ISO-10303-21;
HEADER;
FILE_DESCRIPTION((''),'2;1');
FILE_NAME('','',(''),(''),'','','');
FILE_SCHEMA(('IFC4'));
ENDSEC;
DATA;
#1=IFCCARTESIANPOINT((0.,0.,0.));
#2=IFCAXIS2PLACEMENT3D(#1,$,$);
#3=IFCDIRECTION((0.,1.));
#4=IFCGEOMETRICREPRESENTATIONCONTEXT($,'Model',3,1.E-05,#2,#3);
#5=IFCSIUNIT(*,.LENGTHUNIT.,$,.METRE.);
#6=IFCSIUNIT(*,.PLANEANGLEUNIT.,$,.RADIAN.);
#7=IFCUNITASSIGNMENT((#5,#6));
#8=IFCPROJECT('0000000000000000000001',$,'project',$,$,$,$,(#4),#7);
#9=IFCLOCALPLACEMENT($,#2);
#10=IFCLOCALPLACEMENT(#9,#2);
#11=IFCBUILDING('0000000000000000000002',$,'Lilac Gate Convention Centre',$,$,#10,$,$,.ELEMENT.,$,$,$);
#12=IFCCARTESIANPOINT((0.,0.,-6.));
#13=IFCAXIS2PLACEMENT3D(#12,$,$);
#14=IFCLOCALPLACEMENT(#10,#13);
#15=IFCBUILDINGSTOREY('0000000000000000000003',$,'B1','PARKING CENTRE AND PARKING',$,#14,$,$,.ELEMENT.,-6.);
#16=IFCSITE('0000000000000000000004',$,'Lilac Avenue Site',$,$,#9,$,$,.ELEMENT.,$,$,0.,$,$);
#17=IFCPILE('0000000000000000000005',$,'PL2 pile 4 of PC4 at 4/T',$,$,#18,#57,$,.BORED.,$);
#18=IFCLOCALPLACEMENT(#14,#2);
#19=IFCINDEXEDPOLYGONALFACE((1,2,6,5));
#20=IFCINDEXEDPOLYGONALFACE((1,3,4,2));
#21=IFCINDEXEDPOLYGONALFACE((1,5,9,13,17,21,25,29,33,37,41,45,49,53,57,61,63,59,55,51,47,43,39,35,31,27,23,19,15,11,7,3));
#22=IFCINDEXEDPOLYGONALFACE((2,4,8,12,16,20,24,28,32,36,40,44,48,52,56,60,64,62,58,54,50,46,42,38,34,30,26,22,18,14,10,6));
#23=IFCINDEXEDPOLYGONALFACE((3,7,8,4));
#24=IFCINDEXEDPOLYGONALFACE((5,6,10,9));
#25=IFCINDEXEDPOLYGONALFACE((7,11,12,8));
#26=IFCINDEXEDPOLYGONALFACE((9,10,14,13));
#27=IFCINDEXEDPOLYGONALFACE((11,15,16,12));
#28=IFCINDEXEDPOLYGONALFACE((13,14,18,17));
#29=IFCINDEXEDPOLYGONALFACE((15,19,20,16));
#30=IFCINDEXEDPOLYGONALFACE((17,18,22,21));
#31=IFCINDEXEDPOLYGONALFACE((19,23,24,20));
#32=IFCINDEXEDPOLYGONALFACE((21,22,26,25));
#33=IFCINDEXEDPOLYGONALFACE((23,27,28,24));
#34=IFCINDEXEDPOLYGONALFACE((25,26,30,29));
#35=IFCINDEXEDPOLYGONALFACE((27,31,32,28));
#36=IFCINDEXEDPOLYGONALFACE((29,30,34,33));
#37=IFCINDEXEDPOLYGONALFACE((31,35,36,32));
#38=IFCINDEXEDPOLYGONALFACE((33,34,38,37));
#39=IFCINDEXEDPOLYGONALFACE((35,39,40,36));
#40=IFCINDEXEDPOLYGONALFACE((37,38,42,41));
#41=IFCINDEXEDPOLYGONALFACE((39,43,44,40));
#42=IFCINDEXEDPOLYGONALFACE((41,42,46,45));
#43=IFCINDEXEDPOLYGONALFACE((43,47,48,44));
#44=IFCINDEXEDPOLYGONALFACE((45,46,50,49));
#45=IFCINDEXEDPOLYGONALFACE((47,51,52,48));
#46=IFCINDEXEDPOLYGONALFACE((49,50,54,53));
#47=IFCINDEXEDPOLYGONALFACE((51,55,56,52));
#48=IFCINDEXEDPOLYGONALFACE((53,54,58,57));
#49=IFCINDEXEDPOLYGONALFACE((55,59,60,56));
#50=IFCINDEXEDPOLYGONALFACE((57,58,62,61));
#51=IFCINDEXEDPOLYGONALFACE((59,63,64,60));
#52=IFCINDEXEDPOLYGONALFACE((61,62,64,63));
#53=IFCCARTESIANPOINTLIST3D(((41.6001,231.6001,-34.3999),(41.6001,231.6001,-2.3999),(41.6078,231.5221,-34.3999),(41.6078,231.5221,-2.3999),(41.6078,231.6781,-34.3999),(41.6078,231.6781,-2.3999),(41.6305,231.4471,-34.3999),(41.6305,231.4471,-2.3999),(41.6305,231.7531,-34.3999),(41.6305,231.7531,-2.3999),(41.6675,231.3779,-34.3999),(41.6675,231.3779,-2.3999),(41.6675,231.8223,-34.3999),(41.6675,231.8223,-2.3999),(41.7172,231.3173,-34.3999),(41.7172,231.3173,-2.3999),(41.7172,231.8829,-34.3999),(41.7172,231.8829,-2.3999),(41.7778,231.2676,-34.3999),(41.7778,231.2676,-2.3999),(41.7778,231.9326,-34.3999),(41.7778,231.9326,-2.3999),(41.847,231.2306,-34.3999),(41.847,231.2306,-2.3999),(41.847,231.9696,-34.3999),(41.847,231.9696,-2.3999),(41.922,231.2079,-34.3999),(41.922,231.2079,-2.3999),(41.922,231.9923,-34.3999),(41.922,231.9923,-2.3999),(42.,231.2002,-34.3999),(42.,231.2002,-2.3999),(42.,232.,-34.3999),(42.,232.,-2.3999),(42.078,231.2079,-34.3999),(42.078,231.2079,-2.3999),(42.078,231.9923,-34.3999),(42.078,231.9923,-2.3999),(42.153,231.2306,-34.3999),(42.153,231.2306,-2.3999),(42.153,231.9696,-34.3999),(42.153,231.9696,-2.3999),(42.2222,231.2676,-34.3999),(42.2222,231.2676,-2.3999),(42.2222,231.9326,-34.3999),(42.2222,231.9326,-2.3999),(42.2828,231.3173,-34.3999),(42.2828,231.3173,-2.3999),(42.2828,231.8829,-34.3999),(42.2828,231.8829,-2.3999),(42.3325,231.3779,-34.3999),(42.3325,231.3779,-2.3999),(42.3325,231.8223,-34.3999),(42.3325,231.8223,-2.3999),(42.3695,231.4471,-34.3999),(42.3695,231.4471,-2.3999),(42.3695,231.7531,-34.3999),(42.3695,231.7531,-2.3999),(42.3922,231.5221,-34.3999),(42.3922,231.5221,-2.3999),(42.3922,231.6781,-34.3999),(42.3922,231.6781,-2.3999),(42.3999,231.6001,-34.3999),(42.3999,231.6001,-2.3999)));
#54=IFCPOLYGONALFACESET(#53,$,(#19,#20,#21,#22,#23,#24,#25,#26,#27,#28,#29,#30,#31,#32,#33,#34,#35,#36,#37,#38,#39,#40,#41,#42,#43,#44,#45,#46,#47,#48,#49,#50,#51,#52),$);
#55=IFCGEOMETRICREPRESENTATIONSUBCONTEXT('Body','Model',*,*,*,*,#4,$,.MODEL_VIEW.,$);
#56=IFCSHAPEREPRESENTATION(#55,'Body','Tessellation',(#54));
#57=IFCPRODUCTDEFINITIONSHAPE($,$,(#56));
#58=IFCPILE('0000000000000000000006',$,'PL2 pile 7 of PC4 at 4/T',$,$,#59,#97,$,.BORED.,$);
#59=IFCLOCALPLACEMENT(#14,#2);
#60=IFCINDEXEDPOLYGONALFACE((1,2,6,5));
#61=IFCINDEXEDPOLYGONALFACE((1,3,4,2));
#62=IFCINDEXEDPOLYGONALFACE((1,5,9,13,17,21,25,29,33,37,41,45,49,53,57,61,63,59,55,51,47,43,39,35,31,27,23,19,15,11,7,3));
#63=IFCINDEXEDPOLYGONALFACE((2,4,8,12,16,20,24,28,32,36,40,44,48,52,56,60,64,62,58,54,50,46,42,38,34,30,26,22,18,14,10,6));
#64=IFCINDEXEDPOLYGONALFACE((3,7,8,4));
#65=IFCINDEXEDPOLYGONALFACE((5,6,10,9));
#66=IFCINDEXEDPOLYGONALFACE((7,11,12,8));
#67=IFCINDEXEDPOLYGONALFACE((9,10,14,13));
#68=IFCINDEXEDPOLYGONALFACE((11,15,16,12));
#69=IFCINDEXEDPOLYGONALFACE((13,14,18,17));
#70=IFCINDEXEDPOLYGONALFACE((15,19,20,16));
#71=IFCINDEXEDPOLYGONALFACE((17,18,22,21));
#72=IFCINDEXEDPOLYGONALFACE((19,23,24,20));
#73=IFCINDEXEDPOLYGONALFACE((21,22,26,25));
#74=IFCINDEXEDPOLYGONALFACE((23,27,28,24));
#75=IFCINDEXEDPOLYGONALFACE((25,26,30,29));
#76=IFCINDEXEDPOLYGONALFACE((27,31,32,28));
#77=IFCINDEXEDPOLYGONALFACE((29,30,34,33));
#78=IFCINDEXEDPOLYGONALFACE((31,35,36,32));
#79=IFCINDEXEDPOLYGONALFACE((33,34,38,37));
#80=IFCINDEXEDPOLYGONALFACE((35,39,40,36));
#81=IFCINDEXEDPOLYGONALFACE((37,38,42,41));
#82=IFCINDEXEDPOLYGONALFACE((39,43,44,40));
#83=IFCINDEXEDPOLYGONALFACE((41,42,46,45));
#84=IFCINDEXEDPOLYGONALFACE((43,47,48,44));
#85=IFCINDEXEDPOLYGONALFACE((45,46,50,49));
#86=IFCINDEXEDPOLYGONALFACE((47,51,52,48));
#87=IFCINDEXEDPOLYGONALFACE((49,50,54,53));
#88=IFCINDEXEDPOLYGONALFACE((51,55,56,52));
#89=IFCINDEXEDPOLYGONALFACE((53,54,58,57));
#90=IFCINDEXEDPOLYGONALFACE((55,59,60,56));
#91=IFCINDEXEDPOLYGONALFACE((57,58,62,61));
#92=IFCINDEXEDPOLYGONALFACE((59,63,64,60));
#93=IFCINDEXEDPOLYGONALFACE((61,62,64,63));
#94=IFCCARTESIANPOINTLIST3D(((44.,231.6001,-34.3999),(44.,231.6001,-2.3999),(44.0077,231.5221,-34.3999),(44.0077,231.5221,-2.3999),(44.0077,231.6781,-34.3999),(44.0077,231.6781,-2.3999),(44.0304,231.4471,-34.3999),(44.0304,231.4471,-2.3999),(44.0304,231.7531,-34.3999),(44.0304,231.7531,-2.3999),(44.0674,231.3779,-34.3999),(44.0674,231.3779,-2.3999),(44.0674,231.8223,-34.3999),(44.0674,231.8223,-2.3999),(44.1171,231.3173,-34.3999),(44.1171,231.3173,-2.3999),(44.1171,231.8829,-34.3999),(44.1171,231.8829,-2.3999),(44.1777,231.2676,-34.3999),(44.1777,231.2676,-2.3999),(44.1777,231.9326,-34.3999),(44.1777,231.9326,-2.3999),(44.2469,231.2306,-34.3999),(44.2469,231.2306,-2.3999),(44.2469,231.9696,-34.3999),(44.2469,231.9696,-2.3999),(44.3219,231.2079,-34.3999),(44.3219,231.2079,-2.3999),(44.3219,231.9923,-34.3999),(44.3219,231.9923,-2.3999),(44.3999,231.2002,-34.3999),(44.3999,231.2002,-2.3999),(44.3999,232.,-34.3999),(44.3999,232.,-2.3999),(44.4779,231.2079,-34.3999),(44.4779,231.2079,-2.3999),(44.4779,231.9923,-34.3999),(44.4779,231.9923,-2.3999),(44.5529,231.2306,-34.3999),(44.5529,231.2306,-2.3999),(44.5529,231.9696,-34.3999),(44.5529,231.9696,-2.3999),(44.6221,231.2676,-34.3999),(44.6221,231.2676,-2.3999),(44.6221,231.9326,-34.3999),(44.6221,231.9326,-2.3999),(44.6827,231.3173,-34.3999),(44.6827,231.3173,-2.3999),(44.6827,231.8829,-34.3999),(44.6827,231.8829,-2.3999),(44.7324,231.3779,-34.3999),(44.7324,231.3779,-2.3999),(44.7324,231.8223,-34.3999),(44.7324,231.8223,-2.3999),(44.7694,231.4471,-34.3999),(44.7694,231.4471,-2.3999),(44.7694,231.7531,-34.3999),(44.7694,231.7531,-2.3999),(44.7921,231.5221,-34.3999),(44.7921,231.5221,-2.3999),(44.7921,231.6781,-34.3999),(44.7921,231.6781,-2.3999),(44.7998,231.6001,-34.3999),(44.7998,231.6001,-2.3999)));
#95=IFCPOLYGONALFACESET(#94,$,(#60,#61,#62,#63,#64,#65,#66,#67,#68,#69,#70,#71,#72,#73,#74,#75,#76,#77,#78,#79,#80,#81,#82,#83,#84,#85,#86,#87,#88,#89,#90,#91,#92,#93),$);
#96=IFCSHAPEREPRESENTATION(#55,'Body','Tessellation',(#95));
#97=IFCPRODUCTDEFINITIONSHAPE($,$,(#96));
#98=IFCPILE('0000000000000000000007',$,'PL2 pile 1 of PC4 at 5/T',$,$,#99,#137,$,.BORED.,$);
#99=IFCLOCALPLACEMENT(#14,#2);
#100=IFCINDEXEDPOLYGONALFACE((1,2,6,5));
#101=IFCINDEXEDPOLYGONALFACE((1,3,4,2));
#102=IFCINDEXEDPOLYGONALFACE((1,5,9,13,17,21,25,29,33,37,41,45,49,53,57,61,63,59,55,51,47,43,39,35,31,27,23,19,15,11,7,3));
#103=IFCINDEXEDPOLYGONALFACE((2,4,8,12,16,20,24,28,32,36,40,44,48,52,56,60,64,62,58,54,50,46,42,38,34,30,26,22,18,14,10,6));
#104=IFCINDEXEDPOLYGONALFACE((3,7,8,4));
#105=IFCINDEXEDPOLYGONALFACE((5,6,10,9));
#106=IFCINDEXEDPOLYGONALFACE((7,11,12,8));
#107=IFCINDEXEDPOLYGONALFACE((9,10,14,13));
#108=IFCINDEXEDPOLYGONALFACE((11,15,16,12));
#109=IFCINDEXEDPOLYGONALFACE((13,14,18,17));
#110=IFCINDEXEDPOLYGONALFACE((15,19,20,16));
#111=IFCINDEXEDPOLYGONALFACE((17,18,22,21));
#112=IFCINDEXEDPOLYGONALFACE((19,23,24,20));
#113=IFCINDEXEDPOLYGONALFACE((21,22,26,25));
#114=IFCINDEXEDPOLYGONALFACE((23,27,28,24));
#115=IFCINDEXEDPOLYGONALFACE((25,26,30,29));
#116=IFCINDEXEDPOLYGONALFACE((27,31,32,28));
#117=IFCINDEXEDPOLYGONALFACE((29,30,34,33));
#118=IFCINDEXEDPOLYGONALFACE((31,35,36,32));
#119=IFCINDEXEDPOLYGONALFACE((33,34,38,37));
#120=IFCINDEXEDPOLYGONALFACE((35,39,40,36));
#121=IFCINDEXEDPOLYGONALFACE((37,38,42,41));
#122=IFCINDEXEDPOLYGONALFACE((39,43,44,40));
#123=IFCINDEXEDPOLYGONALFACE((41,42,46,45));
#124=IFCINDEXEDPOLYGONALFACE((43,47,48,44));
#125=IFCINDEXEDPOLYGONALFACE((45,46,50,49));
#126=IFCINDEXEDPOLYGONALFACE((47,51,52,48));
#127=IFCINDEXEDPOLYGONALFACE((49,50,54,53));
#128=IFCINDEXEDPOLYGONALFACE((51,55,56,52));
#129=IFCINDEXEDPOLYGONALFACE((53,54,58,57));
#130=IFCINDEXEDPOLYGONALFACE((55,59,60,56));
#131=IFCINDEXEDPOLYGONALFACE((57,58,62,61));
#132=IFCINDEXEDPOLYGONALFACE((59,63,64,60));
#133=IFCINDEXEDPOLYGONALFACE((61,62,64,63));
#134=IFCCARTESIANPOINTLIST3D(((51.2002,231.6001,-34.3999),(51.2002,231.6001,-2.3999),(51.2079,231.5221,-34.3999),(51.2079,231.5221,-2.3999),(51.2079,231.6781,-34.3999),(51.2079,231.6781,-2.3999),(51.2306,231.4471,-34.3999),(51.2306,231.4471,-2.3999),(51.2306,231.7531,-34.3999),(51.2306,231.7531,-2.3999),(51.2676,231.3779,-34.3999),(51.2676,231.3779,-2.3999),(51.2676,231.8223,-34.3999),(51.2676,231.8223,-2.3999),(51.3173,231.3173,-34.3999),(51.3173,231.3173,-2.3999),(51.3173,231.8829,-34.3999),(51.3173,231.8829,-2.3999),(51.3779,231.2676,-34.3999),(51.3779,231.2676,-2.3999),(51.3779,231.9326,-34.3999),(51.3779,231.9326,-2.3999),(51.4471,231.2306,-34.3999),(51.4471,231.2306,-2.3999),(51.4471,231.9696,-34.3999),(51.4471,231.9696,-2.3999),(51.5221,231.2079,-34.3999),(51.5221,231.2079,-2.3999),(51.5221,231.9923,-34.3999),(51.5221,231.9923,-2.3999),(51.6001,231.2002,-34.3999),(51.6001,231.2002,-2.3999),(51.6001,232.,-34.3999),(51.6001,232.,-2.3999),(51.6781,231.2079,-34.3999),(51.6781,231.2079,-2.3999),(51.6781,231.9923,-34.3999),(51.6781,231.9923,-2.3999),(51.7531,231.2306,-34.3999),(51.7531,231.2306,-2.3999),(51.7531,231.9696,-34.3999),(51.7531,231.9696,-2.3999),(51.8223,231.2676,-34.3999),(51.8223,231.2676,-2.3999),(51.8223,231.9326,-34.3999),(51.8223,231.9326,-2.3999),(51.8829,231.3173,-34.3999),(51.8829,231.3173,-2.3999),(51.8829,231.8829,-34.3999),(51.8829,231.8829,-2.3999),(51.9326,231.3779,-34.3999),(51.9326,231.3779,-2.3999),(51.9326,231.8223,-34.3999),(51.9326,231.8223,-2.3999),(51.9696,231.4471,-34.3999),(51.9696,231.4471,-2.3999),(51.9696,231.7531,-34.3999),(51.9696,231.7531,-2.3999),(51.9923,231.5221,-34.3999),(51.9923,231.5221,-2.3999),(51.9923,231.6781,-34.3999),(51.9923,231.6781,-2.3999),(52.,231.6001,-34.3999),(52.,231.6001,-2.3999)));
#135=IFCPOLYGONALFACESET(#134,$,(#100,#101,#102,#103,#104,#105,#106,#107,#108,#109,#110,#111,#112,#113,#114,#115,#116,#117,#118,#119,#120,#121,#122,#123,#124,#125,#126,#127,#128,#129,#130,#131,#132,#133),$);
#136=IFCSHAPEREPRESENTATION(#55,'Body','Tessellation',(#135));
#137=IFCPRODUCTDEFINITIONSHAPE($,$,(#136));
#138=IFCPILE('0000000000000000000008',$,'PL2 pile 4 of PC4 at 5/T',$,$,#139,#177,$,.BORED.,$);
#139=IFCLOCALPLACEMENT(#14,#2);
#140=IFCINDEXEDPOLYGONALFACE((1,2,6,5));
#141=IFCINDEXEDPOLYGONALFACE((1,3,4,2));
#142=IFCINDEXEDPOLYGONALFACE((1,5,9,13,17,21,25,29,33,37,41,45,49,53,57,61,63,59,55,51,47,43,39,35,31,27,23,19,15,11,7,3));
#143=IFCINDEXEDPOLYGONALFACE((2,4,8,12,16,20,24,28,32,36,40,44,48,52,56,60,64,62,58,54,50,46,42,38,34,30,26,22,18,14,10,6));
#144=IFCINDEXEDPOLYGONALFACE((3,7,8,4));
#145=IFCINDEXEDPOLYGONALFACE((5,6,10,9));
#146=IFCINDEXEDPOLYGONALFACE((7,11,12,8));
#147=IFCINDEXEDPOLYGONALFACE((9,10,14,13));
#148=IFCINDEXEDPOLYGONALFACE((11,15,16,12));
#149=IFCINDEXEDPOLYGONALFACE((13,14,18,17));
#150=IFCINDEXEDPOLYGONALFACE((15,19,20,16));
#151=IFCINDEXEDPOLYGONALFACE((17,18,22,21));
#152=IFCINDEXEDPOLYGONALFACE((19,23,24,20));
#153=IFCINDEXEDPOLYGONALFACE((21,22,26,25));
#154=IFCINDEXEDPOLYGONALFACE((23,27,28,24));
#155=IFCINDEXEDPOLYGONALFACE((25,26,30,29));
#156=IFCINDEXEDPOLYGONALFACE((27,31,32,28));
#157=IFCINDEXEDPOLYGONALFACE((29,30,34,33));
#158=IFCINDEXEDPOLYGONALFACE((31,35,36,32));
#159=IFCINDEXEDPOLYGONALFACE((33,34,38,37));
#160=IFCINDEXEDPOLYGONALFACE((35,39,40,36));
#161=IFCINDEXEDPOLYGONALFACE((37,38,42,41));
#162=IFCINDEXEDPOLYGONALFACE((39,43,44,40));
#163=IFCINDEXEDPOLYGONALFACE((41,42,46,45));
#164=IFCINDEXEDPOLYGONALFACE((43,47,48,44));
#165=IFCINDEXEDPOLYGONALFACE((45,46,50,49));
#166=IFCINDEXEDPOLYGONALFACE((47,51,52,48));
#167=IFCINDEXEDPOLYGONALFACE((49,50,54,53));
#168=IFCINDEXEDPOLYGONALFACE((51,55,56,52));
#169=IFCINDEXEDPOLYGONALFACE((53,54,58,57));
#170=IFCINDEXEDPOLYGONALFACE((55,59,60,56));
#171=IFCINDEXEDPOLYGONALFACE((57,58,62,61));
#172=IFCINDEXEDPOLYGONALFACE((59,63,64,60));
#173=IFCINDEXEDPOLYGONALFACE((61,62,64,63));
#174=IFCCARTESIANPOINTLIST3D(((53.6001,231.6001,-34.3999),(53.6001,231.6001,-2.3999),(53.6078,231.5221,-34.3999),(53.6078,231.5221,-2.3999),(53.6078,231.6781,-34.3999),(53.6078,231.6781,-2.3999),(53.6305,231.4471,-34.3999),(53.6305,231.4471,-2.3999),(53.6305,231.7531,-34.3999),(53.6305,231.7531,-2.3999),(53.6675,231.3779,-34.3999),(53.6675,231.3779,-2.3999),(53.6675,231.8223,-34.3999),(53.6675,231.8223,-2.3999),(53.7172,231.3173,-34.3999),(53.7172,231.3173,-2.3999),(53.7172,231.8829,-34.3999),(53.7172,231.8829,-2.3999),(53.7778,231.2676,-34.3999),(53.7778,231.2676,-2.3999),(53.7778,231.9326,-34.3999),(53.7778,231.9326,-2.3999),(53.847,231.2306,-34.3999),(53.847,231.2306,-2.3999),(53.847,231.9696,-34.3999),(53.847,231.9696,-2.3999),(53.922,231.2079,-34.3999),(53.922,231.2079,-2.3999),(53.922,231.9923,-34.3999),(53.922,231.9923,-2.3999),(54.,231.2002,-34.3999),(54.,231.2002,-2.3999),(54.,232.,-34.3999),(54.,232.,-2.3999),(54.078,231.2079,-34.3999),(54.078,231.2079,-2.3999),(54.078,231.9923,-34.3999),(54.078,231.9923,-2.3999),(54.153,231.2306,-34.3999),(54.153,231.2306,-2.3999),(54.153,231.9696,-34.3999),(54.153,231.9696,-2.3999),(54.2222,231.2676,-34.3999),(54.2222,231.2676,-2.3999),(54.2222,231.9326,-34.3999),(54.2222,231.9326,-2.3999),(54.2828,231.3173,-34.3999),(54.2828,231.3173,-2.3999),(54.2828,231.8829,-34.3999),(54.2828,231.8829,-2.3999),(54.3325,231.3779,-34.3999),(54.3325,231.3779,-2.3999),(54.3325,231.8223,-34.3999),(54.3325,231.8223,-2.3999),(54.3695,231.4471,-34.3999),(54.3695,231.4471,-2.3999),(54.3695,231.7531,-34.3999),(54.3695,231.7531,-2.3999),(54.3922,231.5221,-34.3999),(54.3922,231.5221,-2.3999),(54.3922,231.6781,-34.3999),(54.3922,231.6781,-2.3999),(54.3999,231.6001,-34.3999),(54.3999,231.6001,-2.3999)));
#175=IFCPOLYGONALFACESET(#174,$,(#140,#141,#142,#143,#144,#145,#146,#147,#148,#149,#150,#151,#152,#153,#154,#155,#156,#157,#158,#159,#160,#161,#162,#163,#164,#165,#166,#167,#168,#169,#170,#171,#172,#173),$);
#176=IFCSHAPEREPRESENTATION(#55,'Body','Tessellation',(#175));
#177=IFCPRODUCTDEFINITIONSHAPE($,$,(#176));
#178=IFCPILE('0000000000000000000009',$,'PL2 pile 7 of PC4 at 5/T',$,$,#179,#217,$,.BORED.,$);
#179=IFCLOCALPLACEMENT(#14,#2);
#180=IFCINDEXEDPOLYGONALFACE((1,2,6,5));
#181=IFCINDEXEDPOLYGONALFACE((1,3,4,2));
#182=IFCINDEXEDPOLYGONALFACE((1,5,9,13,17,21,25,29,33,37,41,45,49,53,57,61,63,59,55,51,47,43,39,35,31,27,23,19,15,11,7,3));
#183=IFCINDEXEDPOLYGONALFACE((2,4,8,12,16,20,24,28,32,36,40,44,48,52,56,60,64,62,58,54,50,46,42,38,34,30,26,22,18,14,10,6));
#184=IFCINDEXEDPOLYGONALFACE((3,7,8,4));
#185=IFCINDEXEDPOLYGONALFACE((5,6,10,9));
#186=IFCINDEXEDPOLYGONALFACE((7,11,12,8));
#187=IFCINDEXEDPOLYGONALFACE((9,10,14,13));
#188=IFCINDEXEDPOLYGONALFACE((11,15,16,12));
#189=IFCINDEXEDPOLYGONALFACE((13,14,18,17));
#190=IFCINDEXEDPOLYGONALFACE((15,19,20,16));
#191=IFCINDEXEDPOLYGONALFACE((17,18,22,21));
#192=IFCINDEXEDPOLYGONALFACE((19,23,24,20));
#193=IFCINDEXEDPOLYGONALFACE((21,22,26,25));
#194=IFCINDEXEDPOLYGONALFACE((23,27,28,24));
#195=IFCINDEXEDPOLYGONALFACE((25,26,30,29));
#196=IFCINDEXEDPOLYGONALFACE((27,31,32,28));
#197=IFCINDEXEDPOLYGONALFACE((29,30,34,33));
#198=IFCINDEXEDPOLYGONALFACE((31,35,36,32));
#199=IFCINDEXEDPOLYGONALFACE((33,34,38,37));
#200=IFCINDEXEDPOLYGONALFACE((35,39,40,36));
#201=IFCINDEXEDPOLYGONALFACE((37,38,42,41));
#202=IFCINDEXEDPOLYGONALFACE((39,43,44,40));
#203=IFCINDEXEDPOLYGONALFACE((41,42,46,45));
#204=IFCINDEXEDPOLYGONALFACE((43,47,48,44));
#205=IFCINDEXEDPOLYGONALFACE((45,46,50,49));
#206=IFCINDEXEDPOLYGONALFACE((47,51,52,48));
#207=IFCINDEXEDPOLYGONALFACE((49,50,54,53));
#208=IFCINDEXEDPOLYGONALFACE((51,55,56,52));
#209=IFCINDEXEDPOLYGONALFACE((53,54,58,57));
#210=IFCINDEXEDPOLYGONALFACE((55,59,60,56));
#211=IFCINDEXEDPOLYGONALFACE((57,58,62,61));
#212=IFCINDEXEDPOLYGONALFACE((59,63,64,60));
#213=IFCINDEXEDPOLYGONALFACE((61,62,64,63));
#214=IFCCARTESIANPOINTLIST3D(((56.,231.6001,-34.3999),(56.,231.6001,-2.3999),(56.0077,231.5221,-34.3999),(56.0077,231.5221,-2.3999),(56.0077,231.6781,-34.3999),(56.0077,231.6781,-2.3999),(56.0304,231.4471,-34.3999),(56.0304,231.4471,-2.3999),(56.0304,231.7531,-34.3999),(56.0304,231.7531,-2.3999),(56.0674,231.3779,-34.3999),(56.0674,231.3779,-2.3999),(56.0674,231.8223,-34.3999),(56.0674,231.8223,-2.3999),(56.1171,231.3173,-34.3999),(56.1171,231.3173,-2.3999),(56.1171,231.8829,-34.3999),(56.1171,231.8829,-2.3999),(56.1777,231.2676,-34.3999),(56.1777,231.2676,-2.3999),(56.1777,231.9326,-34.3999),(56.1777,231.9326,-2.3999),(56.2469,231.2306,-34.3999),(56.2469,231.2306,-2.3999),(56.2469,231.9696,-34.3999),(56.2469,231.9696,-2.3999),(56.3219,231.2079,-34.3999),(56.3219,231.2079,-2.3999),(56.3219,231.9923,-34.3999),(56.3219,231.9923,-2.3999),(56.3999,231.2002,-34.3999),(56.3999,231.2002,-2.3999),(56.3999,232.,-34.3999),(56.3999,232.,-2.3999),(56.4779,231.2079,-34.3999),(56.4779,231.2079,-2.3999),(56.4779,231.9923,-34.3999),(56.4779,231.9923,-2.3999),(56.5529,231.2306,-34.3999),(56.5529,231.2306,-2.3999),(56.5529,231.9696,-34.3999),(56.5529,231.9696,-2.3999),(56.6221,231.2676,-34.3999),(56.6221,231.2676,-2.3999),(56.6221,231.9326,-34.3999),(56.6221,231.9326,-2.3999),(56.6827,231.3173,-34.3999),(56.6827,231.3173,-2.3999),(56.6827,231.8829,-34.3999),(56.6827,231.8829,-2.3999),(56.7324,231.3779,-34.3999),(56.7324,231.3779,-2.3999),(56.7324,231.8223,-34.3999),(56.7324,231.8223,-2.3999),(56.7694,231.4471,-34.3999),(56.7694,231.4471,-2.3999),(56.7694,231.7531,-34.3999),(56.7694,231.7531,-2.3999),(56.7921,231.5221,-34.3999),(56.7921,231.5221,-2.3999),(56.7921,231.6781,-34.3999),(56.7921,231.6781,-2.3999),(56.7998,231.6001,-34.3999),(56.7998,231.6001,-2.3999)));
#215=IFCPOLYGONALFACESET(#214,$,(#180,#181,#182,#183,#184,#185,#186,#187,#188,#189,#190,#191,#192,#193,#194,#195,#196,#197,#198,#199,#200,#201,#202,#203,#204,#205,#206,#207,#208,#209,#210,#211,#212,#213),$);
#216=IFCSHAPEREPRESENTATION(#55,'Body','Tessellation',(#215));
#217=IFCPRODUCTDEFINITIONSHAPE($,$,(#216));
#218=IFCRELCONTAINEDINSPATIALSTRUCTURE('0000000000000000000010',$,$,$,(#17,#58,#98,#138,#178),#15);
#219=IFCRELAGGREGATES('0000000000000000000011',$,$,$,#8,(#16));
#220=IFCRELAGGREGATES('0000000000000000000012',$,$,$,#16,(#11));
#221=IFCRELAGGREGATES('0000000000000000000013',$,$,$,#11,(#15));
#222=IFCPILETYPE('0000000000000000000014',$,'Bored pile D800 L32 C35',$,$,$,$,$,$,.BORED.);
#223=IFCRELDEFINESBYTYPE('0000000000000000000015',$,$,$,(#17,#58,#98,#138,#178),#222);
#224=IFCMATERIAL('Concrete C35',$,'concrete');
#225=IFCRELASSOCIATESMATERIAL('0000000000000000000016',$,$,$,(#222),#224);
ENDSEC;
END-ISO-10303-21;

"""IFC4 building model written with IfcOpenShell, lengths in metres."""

from ifc_helpers import new_model, si_unit, direction, frame, origin, origin_2d, place, context, subcontext, project, spatial, circle, extrude, material, material_profile, profile_set, type_object, element, save


model = new_model("IFC4")

# Units and contexts
model_context = context("Model", 3, precision=1e-05, world=origin(), true_north=direction((0.0, 1.0)))
body_context = subcontext(model_context, "Body", "Model", "MODEL_VIEW")
ifc_project = project(units=[si_unit("LENGTHUNIT", "METRE"), si_unit("PLANEANGLEUNIT", "RADIAN")], contexts=[model_context])

# Site, building, storey
site_placement = place(None, origin())
site = spatial("IfcSite", under=ifc_project, at=site_placement, Name="Lilac Avenue Site", CompositionType="ELEMENT", RefElevation=0.0)
building_placement = place(site_placement, origin())
building = spatial("IfcBuilding", under=site, at=building_placement, Name="Lilac Gate Convention Centre", CompositionType="ELEMENT")
storey_placement = place(building_placement, frame((0.0, 0.0, -6.0)))
storey = spatial("IfcBuildingStorey", under=building, at=storey_placement, Name="B1", Description="PARKING CENTRE AND PARKING", CompositionType="ELEMENT", Elevation=-6.0)

# Piles
ifc_material_1 = material(Name="Concrete C35", Category="concrete")
ifc_material_profile = material_profile(ifc_material_1, circle(Radius=0.3999, at=origin_2d()), Name="D800")
ifc_profile_set = profile_set([ifc_material_profile], Name="Concrete C35")
pile_type = type_object("IfcPileType", Name="Bored pile D800 L32 C35", PredefinedType="BORED", material=ifc_profile_set)
for number, where, z_axis, x_axis, name in (
    (1, (42.0, 231.6001, -2.3999), (0.0, 0.0, -1.0), (1.0, 0.0, 0.0), "PL2 pile 4 of PC4 at 4/T"),
    (2, (44.3999, 231.6001, -2.3999), (0.0, 0.0, -1.0), (1.0, 0.0, 0.0), "PL2 pile 7 of PC4 at 4/T"),
    (3, (51.6001, 231.6001, -2.3999), (0.0, 0.0, -1.0), (1.0, 0.0, 0.0), "PL2 pile 1 of PC4 at 5/T"),
    (4, (54.0, 231.6001, -2.3999), (0.0, 0.0, -1.0), (1.0, 0.0, 0.0), "PL2 pile 4 of PC4 at 5/T"),
    (5, (56.3999, 231.6001, -2.3999), (0.0, 0.0, -1.0), (1.0, 0.0, 0.0), "PL2 pile 7 of PC4 at 5/T"),
):
    element("IfcPile", number, at=place(storey_placement, frame(where, z_axis=z_axis, x_axis=x_axis)), inside=storey, type_object=pile_type, Name=name, PredefinedType="BORED", context=body_context, shape_type="SweptSolid", body=[
        extrude(circle(Radius=0.3999, at=origin_2d()), origin(), (0.0, 0.0, 1.0), 32.0),
    ])

save(model, "model.ifc")
